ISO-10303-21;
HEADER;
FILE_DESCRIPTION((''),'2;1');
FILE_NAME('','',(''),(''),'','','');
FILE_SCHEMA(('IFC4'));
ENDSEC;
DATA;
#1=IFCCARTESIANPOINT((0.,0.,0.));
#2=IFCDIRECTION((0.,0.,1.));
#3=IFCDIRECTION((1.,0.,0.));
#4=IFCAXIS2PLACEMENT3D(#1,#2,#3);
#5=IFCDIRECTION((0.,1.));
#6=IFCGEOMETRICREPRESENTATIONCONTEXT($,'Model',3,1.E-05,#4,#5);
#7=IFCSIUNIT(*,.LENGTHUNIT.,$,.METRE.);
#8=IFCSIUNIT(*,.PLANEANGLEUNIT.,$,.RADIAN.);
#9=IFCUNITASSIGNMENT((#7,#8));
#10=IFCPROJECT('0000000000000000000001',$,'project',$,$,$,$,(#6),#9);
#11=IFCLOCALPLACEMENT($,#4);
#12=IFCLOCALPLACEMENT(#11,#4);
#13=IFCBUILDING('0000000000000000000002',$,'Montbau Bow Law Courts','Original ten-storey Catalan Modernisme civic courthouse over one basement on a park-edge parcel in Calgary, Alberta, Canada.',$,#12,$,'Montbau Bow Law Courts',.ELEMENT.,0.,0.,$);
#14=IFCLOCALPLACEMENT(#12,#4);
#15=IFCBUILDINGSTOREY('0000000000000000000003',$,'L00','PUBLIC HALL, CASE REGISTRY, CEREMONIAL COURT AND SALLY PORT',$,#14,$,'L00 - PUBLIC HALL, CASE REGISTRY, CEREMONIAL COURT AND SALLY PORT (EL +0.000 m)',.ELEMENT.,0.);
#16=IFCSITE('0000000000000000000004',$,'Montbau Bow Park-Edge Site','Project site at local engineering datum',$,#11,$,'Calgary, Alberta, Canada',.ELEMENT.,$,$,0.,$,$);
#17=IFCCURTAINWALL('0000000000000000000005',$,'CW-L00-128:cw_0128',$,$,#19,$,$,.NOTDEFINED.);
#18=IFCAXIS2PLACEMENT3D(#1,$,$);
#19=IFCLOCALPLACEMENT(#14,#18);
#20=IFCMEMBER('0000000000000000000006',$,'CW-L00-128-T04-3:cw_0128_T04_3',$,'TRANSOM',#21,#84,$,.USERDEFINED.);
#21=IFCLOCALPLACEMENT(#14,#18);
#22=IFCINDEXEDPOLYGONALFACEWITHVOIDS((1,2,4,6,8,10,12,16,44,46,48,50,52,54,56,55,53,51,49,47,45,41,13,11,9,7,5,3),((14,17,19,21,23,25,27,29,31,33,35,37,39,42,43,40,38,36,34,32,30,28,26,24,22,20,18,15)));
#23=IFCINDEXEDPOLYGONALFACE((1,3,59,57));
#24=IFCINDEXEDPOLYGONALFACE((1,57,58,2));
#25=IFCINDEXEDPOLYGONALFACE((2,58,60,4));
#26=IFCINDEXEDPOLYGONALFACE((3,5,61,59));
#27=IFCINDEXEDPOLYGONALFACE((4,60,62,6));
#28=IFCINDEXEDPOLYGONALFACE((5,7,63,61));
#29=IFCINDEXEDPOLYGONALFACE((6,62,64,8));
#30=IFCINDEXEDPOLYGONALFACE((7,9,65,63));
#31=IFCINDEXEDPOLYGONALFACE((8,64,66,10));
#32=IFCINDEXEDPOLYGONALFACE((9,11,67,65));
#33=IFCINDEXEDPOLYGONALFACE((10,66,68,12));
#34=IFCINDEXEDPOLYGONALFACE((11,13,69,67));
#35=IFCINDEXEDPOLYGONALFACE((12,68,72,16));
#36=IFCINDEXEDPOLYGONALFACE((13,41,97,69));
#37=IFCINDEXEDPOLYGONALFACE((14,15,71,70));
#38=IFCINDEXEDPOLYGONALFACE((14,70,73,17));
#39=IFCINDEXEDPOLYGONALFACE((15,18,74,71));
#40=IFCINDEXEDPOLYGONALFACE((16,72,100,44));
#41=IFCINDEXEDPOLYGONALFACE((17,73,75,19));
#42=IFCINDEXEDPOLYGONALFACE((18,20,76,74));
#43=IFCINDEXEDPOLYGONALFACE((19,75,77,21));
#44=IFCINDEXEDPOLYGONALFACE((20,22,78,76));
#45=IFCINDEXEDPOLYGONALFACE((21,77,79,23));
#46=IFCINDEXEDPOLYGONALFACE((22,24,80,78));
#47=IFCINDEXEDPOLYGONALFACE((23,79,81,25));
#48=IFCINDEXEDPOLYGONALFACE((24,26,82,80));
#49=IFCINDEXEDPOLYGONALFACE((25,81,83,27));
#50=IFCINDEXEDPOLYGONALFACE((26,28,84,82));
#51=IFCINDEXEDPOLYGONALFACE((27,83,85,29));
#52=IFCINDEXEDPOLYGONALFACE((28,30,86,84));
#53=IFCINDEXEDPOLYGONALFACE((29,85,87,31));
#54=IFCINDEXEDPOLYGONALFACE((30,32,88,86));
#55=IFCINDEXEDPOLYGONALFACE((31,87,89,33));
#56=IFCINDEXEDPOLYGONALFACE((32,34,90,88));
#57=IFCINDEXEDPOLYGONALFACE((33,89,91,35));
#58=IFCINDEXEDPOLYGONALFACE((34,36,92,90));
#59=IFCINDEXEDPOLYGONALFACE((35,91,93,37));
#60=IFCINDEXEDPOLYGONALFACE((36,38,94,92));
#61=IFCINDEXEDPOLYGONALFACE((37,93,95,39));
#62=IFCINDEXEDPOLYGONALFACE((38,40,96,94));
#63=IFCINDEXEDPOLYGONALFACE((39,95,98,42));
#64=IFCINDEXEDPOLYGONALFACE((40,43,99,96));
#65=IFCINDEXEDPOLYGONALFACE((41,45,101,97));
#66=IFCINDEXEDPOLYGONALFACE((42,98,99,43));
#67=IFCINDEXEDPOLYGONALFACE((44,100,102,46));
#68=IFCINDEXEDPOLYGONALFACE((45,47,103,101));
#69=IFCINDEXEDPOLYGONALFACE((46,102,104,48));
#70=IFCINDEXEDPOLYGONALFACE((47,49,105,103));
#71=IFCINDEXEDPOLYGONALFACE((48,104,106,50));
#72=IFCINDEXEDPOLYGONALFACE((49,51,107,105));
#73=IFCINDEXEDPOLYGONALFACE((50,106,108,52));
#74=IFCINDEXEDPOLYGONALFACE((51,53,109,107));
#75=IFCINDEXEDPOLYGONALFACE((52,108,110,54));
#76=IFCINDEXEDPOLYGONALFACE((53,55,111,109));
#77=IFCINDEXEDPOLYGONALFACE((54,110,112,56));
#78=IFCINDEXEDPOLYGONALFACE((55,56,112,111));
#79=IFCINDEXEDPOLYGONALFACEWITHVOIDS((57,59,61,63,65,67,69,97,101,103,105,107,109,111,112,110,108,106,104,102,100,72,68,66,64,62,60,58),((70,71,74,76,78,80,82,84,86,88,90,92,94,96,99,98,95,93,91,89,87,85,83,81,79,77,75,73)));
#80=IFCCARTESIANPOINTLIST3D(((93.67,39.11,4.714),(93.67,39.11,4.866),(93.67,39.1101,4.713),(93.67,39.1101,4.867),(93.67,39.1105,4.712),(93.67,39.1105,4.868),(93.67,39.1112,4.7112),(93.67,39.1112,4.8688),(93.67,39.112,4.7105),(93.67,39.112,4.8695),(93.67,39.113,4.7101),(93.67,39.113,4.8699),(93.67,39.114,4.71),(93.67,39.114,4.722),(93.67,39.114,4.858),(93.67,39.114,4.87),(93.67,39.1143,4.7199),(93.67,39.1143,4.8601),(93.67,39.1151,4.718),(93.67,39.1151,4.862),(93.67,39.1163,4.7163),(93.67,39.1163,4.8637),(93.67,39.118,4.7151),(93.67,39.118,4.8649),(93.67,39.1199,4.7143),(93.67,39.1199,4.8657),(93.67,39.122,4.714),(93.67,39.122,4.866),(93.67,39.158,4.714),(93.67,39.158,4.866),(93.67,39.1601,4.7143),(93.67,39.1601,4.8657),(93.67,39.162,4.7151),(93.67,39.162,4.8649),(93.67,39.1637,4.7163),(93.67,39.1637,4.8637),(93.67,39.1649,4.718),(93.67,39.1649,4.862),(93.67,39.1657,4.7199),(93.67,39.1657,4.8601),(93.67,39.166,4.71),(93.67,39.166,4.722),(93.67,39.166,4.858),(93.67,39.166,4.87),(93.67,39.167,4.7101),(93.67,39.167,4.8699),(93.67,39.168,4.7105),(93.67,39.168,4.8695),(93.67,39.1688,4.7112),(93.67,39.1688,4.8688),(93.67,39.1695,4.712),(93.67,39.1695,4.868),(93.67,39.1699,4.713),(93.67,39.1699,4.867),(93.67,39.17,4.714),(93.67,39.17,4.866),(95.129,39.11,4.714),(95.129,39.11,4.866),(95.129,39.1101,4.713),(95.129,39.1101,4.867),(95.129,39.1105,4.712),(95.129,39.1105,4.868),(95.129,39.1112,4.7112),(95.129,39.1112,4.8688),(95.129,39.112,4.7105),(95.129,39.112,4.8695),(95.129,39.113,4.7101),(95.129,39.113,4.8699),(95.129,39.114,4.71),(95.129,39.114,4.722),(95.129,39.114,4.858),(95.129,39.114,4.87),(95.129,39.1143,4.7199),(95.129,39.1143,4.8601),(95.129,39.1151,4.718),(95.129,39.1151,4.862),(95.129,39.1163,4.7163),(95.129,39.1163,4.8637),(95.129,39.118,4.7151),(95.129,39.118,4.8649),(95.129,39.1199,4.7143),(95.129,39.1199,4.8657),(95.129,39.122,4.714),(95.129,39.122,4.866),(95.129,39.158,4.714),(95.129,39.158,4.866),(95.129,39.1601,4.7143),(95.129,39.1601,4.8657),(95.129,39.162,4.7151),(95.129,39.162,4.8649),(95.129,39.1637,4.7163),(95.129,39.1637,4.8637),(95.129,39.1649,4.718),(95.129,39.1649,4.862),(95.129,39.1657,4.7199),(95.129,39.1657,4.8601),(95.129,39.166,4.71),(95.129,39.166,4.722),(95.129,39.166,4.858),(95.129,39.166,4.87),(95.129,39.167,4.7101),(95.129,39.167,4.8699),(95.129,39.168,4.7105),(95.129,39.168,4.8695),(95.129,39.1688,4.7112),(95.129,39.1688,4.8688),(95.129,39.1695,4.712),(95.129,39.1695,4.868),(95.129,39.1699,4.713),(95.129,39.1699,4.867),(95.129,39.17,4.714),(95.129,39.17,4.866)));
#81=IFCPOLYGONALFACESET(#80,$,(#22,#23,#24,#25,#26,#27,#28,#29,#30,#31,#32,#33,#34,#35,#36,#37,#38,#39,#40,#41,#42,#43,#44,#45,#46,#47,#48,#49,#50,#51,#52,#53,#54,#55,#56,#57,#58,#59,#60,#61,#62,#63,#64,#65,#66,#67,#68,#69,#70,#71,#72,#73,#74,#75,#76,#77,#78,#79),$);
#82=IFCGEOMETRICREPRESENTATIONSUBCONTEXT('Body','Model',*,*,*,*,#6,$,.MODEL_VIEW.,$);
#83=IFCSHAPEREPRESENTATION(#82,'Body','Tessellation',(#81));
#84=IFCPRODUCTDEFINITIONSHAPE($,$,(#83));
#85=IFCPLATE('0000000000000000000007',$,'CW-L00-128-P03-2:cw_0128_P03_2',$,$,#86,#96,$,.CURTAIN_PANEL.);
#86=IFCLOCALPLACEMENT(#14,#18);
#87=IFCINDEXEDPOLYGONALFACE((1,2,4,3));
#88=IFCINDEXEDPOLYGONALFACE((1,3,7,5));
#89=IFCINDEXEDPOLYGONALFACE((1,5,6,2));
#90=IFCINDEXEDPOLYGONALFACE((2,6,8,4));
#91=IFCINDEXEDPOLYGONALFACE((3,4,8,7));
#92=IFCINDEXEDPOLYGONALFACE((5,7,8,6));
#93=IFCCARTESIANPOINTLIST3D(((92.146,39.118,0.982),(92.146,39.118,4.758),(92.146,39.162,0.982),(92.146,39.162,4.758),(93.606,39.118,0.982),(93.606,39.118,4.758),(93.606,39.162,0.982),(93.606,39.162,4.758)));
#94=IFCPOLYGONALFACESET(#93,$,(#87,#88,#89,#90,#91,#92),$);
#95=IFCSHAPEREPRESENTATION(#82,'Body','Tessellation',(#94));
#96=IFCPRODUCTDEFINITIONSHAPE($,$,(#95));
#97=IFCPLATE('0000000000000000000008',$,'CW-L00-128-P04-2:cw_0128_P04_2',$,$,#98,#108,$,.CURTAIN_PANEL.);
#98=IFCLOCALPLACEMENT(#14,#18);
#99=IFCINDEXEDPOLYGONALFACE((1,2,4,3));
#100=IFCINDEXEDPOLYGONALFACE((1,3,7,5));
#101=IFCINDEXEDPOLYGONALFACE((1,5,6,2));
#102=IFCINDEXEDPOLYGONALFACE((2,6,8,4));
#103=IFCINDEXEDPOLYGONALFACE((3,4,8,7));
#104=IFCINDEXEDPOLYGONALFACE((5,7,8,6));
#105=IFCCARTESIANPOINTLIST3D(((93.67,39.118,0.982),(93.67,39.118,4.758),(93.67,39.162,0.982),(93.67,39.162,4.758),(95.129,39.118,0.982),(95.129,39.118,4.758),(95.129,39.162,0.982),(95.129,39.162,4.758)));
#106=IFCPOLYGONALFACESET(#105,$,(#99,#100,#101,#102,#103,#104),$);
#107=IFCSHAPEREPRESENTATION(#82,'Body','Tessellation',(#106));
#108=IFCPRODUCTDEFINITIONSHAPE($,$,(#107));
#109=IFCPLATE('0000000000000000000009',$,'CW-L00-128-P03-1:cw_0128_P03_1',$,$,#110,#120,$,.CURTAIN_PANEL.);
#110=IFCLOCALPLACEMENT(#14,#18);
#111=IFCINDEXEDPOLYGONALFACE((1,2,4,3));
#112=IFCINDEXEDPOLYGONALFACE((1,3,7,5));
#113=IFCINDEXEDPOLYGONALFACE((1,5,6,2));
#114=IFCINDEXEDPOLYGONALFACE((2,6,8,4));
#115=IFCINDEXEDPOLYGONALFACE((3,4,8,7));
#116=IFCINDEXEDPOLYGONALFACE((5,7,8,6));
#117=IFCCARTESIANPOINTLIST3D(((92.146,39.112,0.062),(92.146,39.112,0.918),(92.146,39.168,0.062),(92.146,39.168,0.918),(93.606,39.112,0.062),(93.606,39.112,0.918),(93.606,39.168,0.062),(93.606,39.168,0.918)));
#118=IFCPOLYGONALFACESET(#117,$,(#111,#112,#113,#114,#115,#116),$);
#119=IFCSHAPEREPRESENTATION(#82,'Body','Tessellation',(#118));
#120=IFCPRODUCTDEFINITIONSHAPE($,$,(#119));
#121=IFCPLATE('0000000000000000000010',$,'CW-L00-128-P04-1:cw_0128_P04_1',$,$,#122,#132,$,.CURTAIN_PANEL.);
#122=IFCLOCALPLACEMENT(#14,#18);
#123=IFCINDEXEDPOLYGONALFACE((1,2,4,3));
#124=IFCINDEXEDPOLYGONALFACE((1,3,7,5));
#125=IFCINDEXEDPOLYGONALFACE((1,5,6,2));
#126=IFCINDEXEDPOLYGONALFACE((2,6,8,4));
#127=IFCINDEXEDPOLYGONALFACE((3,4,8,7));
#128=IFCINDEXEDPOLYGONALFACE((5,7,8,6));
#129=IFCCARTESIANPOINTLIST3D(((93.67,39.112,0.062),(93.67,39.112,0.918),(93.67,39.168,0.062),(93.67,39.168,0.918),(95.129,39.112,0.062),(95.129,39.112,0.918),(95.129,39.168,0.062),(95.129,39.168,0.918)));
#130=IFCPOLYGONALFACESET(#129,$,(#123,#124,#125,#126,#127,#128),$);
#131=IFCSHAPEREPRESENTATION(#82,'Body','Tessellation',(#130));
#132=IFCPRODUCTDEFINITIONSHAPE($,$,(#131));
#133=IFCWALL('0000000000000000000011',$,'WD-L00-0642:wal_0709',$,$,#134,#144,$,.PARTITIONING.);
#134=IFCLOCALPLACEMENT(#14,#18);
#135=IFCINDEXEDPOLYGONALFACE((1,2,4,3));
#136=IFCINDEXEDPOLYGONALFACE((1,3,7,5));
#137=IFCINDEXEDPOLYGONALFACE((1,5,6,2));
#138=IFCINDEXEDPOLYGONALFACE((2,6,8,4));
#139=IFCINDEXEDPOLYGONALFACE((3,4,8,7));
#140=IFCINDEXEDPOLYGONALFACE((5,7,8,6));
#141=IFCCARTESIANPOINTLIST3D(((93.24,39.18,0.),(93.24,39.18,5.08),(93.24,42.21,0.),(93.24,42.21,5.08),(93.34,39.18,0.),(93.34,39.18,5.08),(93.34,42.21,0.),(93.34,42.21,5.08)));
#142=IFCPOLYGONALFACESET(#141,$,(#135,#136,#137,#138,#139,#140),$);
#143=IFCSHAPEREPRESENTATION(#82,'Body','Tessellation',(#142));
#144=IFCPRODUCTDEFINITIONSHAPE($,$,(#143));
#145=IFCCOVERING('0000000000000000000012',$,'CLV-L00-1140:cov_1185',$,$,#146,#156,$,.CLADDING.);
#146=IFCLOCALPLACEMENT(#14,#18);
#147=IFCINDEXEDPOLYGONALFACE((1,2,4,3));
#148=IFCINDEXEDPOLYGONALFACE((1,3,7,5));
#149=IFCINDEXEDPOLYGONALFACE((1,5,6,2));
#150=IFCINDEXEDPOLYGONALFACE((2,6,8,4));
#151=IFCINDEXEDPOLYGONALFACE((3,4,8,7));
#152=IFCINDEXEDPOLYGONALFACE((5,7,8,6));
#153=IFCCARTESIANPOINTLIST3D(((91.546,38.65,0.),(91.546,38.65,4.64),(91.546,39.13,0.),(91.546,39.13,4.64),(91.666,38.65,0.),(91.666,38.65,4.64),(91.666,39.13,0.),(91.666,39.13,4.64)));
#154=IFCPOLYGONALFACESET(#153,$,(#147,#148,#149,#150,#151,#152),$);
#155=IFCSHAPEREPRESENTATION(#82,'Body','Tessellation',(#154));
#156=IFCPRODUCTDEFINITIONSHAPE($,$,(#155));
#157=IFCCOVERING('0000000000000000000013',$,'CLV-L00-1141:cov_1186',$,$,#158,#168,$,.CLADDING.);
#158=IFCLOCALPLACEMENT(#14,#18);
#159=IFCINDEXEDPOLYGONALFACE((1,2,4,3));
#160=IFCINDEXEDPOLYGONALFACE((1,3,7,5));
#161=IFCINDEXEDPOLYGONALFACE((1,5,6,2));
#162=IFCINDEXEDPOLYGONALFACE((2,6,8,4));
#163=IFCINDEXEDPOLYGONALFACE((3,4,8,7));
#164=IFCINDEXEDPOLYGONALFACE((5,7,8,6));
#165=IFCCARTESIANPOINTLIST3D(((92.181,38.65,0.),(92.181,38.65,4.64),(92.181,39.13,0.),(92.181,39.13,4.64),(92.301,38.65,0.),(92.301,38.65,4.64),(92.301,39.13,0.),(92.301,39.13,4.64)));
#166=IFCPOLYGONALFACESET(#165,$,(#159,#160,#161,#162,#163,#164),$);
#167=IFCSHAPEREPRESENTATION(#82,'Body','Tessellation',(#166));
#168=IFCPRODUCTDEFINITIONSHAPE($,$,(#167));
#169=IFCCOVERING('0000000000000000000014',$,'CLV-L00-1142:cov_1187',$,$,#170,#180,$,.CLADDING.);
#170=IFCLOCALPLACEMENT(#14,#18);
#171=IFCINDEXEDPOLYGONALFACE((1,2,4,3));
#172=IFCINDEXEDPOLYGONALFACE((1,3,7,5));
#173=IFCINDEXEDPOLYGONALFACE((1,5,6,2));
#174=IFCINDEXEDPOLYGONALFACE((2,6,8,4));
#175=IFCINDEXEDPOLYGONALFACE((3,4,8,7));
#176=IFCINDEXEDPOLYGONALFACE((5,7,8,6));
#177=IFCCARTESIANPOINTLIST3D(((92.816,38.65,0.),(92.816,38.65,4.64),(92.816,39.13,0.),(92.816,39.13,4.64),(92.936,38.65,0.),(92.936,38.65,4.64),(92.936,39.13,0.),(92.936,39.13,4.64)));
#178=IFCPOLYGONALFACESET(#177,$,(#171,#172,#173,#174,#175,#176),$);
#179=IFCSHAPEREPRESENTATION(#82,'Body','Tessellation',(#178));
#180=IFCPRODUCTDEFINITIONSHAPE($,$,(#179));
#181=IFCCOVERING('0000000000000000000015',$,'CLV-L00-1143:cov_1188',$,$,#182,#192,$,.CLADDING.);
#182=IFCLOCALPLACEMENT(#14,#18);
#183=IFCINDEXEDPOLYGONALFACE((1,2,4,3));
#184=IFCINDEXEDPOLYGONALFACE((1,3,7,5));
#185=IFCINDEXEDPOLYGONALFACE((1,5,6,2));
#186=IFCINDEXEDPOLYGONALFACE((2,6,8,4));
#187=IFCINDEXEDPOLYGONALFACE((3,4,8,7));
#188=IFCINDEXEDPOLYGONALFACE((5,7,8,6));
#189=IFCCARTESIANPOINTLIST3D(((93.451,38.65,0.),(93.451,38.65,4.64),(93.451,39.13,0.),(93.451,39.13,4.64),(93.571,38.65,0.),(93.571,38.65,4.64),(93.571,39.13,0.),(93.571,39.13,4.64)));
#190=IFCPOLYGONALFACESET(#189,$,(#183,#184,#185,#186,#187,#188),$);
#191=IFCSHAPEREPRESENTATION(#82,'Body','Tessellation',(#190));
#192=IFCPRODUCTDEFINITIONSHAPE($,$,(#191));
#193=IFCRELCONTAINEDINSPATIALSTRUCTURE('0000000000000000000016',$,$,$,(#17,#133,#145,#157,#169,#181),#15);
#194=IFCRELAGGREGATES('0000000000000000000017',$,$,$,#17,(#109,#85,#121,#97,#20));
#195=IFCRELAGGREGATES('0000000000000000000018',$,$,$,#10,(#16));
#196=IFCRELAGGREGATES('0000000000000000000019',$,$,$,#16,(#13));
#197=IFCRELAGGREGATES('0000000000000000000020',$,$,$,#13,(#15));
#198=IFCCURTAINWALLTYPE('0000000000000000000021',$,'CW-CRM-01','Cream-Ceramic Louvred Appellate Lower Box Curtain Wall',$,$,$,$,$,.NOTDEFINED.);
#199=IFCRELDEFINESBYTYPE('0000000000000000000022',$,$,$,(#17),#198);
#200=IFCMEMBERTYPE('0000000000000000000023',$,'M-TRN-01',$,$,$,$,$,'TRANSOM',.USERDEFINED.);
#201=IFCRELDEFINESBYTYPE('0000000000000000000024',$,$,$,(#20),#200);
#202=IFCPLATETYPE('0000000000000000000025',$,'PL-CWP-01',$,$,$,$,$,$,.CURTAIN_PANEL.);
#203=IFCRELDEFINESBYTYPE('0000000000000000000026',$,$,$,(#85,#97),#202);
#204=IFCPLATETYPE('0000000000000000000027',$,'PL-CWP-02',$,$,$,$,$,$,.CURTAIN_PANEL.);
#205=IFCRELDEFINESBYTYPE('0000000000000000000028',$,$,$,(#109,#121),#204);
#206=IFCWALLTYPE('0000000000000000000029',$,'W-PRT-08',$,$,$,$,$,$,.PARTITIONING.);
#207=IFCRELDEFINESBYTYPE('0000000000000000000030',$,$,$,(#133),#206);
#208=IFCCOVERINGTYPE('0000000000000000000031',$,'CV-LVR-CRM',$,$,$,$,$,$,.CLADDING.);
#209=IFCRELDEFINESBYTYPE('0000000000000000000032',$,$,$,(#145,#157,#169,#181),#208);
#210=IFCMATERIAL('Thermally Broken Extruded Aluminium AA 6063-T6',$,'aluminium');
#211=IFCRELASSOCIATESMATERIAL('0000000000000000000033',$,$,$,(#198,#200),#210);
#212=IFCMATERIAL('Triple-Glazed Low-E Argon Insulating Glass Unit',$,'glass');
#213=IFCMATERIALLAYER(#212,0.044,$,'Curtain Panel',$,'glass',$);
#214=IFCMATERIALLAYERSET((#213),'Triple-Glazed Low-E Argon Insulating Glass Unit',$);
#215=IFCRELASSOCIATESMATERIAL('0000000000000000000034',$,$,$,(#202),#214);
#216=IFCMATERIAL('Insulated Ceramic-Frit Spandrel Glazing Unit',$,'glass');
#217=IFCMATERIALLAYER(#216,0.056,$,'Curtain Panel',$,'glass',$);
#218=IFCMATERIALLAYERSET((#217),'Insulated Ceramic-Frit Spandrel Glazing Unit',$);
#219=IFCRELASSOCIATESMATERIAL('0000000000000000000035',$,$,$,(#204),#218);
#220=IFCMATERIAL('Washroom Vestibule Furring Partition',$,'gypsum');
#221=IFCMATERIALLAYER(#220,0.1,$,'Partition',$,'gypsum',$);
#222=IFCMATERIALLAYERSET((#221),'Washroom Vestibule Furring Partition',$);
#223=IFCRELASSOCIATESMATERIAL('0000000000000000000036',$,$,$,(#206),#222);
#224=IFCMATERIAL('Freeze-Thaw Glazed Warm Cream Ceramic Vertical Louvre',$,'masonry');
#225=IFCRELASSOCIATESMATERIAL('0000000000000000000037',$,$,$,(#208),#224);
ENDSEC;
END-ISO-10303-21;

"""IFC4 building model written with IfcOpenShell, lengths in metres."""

from ifc_helpers import new_model, si_unit, direction, frame, frame_2d, origin_with_axes, origin_2d_with_axis, place, context, subcontext, project, spatial, rectangle, hollow_rectangle, extrude, material, layer, layer_set, material_profile, profile_set, type_object, element, aggregate, save


model = new_model("IFC4")

# Units and contexts
model_context = context("Model", 3, precision=1e-05, world=origin_with_axes(), true_north=direction((0.0, 1.0)))
body_context = subcontext(model_context, "Body", "Model", "MODEL_VIEW")
ifc_project = project(units=[si_unit("LENGTHUNIT", "METRE"), si_unit("PLANEANGLEUNIT", "RADIAN")], contexts=[model_context])

# Site, building, storey
site_placement = place(None, origin_with_axes())
site = spatial("IfcSite", under=ifc_project, at=site_placement, Name="Montbau Bow Park-Edge Site", Description="Project site at local engineering datum", LongName="Calgary, Alberta, Canada", CompositionType="ELEMENT", RefElevation=0.0)
building_placement = place(site_placement, origin_with_axes())
building = spatial("IfcBuilding", under=site, at=building_placement, Name="Montbau Bow Law Courts", Description="Original ten-storey Catalan Modernisme civic courthouse over one basement on a park-edge parcel in Calgary, Alberta, Canada.", LongName="Montbau Bow Law Courts", CompositionType="ELEMENT", ElevationOfRefHeight=0.0, ElevationOfTerrain=0.0)
storey_placement = place(building_placement, origin_with_axes())
storey = spatial("IfcBuildingStorey", under=building, at=storey_placement, Name="L00", Description="PUBLIC HALL, CASE REGISTRY, CEREMONIAL COURT AND SALLY PORT", LongName="L00 - PUBLIC HALL, CASE REGISTRY, CEREMONIAL COURT AND SALLY PORT (EL +0.000 m)", CompositionType="ELEMENT", Elevation=0.0)

# Curtain wall, member, plates
ifc_material_1 = material(Name="Thermally Broken Extruded Aluminium AA 6063-T6", Category="aluminium")
curtain_wall_type = type_object("IfcCurtainWallType", Name="CW-CRM-01", Description="Cream-Ceramic Louvred Appellate Lower Box Curtain Wall", PredefinedType="NOTDEFINED", material=ifc_material_1)
curtain_wall_placement = place(None, frame((89.067, 39.14, 0.0), z_axis=(0.0, 0.0, 1.0), x_axis=(1.0, 0.0, 0.0)))
curtain_wall = element("IfcCurtainWall", 1, at=curtain_wall_placement, inside=storey, type_object=curtain_wall_type, Name="CW-L00-128:cw_0128", PredefinedType="NOTDEFINED")
ifc_material_profile_1 = material_profile(ifc_material_1, hollow_rectangle(XDim=0.06, YDim=0.16, WallThickness=0.004, InnerFilletRadius=0.008, OuterFilletRadius=0.004, at=origin_2d_with_axis()), Name="CWT-160X60", Category="Main", Priority=0)
ifc_profile_set_1 = profile_set([ifc_material_profile_1], Name="Thermally Broken Extruded Aluminium AA 6063-T6")
member_type_1 = type_object("IfcMemberType", Name="M-TRN-01", ElementType="TRANSOM", PredefinedType="USERDEFINED", material=ifc_profile_set_1)
member_1_placement = place(None, frame((93.67, 39.14, 4.79), z_axis=(1.0, 0.0, 0.0), x_axis=(0.0, 1.0, 0.0)))
member_1 = element("IfcMember", 2, at=member_1_placement, type_object=member_type_1, Name="CW-L00-128-T04-3:cw_0128_T04_3", ObjectType="TRANSOM", PredefinedType="USERDEFINED", context=body_context, shape_type="SweptSolid", body=[
    extrude(hollow_rectangle(XDim=0.06, YDim=0.16, WallThickness=0.004, InnerFilletRadius=0.008, OuterFilletRadius=0.004, at=origin_2d_with_axis()), origin_with_axes(), (0.0, 0.0, 1.0), 1.459),
])
ifc_material_2 = material(Name="Triple-Glazed Low-E Argon Insulating Glass Unit", Category="glass")
ifc_layer_1 = layer(ifc_material_2, 0.044, Name="Curtain Panel", Category="glass")
ifc_layer_set_1 = layer_set([ifc_layer_1], Name="Triple-Glazed Low-E Argon Insulating Glass Unit")
plate_type_1 = type_object("IfcPlateType", Name="PL-CWP-01", PredefinedType="CURTAIN_PANEL", material=ifc_layer_set_1)
plate_1_placement = place(None, frame((92.146, 39.14, 0.982), z_axis=(0.0, -1.0, 0.0), x_axis=(1.0, 0.0, 0.0)))
plate_1 = element("IfcPlate", 3, at=plate_1_placement, type_object=plate_type_1, Name="CW-L00-128-P03-2:cw_0128_P03_2", PredefinedType="CURTAIN_PANEL", context=body_context, shape_type="SweptSolid", body=[
    extrude(rectangle(XDim=1.46, YDim=3.776, at=frame_2d((0.73, 1.888), x_axis=(1.0, 0.0))), frame((0.0, 0.0, -0.022), z_axis=(0.0, 0.0, 1.0), x_axis=(1.0, 0.0, 0.0)), (0.0, 0.0, 1.0), 0.044),
])
plate_2_placement = place(None, frame((93.67, 39.14, 0.982), z_axis=(0.0, -1.0, 0.0), x_axis=(1.0, 0.0, 0.0)))
plate_2 = element("IfcPlate", 4, at=plate_2_placement, type_object=plate_type_1, Name="CW-L00-128-P04-2:cw_0128_P04_2", PredefinedType="CURTAIN_PANEL", context=body_context, shape_type="SweptSolid", body=[
    extrude(rectangle(XDim=1.459, YDim=3.776, at=frame_2d((0.7295, 1.888), x_axis=(1.0, 0.0))), frame((0.0, 0.0, -0.022), z_axis=(0.0, 0.0, 1.0), x_axis=(1.0, 0.0, 0.0)), (0.0, 0.0, 1.0), 0.044),
])
ifc_material_3 = material(Name="Insulated Ceramic-Frit Spandrel Glazing Unit", Category="glass")
ifc_layer_2 = layer(ifc_material_3, 0.056, Name="Curtain Panel", Category="glass")
ifc_layer_set_2 = layer_set([ifc_layer_2], Name="Insulated Ceramic-Frit Spandrel Glazing Unit")
plate_type_2 = type_object("IfcPlateType", Name="PL-CWP-02", PredefinedType="CURTAIN_PANEL", material=ifc_layer_set_2)
plate_3_placement = place(None, frame((92.146, 39.14, 0.062), z_axis=(0.0, -1.0, 0.0), x_axis=(1.0, 0.0, 0.0)))
plate_3 = element("IfcPlate", 5, at=plate_3_placement, type_object=plate_type_2, Name="CW-L00-128-P03-1:cw_0128_P03_1", PredefinedType="CURTAIN_PANEL", context=body_context, shape_type="SweptSolid", body=[
    extrude(rectangle(XDim=1.46, YDim=0.856, at=frame_2d((0.73, 0.428), x_axis=(1.0, 0.0))), frame((0.0, 0.0, -0.028), z_axis=(0.0, 0.0, 1.0), x_axis=(1.0, 0.0, 0.0)), (0.0, 0.0, 1.0), 0.056),
])
plate_4_placement = place(None, frame((93.67, 39.14, 0.062), z_axis=(0.0, -1.0, 0.0), x_axis=(1.0, 0.0, 0.0)))
plate_4 = element("IfcPlate", 6, at=plate_4_placement, type_object=plate_type_2, Name="CW-L00-128-P04-1:cw_0128_P04_1", PredefinedType="CURTAIN_PANEL", context=body_context, shape_type="SweptSolid", body=[
    extrude(rectangle(XDim=1.459, YDim=0.856, at=frame_2d((0.7295, 0.428), x_axis=(1.0, 0.0))), frame((0.0, 0.0, -0.028), z_axis=(0.0, 0.0, 1.0), x_axis=(1.0, 0.0, 0.0)), (0.0, 0.0, 1.0), 0.056),
])
aggregate(curtain_wall, [plate_3, plate_1, plate_4, plate_2, member_1])

# Wall
ifc_material_4 = material(Name="Washroom Vestibule Furring Partition", Category="gypsum")
ifc_layer_3 = layer(ifc_material_4, 0.1, Name="Partition", Category="gypsum")
ifc_layer_set_3 = layer_set([ifc_layer_3], Name="Washroom Vestibule Furring Partition")
wall_type = type_object("IfcWallType", Name="W-PRT-08", PredefinedType="PARTITIONING", material=ifc_layer_set_3)
wall_placement = place(None, frame((93.29, 39.18, 0.0), z_axis=(0.0, 0.0, 1.0), x_axis=(0.0, 1.0, 0.0)))
element("IfcWall", 7, at=wall_placement, inside=storey, type_object=wall_type, Name="WD-L00-0642:wal_0709", PredefinedType="PARTITIONING", context=body_context, shape_type="SweptSolid", body=[
    extrude(rectangle(XDim=3.03, YDim=0.1, at=frame_2d((1.515, 0.0), x_axis=(1.0, 0.0))), origin_with_axes(), (0.0, 0.0, 1.0), 5.08),
])

# Coverings
ifc_material_5 = material(Name="Freeze-Thaw Glazed Warm Cream Ceramic Vertical Louvre", Category="masonry")
covering_type = type_object("IfcCoveringType", Name="CV-LVR-CRM", PredefinedType="CLADDING", material=ifc_material_5)
for number, where, z_axis, x_axis, name in (
    (8, (91.606, 39.13, 0.0), (-1.0, 0.0, 0.0), (0.0, -1.0, 0.0), "CLV-L00-1140:cov_1185"),
    (9, (92.241, 39.13, 0.0), (-1.0, 0.0, 0.0), (0.0, -1.0, 0.0), "CLV-L00-1141:cov_1186"),
    (10, (92.876, 39.13, 0.0), (-1.0, 0.0, 0.0), (0.0, -1.0, 0.0), "CLV-L00-1142:cov_1187"),
    (11, (93.511, 39.13, 0.0), (-1.0, 0.0, 0.0), (0.0, -1.0, 0.0), "CLV-L00-1143:cov_1188"),
):
    element("IfcCovering", number, at=place(None, frame(where, z_axis=z_axis, x_axis=x_axis)), inside=storey, type_object=covering_type, Name=name, PredefinedType="CLADDING", context=body_context, shape_type="SweptSolid", body=[
        extrude(rectangle(XDim=0.48, YDim=4.64, at=frame_2d((0.24, 2.32), x_axis=(1.0, 0.0))), frame((0.0, 0.0, -0.06), z_axis=(0.0, 0.0, 1.0), x_axis=(1.0, 0.0, 0.0)), (0.0, 0.0, 1.0), 0.12),
    ])

save(model, "model.ifc")
